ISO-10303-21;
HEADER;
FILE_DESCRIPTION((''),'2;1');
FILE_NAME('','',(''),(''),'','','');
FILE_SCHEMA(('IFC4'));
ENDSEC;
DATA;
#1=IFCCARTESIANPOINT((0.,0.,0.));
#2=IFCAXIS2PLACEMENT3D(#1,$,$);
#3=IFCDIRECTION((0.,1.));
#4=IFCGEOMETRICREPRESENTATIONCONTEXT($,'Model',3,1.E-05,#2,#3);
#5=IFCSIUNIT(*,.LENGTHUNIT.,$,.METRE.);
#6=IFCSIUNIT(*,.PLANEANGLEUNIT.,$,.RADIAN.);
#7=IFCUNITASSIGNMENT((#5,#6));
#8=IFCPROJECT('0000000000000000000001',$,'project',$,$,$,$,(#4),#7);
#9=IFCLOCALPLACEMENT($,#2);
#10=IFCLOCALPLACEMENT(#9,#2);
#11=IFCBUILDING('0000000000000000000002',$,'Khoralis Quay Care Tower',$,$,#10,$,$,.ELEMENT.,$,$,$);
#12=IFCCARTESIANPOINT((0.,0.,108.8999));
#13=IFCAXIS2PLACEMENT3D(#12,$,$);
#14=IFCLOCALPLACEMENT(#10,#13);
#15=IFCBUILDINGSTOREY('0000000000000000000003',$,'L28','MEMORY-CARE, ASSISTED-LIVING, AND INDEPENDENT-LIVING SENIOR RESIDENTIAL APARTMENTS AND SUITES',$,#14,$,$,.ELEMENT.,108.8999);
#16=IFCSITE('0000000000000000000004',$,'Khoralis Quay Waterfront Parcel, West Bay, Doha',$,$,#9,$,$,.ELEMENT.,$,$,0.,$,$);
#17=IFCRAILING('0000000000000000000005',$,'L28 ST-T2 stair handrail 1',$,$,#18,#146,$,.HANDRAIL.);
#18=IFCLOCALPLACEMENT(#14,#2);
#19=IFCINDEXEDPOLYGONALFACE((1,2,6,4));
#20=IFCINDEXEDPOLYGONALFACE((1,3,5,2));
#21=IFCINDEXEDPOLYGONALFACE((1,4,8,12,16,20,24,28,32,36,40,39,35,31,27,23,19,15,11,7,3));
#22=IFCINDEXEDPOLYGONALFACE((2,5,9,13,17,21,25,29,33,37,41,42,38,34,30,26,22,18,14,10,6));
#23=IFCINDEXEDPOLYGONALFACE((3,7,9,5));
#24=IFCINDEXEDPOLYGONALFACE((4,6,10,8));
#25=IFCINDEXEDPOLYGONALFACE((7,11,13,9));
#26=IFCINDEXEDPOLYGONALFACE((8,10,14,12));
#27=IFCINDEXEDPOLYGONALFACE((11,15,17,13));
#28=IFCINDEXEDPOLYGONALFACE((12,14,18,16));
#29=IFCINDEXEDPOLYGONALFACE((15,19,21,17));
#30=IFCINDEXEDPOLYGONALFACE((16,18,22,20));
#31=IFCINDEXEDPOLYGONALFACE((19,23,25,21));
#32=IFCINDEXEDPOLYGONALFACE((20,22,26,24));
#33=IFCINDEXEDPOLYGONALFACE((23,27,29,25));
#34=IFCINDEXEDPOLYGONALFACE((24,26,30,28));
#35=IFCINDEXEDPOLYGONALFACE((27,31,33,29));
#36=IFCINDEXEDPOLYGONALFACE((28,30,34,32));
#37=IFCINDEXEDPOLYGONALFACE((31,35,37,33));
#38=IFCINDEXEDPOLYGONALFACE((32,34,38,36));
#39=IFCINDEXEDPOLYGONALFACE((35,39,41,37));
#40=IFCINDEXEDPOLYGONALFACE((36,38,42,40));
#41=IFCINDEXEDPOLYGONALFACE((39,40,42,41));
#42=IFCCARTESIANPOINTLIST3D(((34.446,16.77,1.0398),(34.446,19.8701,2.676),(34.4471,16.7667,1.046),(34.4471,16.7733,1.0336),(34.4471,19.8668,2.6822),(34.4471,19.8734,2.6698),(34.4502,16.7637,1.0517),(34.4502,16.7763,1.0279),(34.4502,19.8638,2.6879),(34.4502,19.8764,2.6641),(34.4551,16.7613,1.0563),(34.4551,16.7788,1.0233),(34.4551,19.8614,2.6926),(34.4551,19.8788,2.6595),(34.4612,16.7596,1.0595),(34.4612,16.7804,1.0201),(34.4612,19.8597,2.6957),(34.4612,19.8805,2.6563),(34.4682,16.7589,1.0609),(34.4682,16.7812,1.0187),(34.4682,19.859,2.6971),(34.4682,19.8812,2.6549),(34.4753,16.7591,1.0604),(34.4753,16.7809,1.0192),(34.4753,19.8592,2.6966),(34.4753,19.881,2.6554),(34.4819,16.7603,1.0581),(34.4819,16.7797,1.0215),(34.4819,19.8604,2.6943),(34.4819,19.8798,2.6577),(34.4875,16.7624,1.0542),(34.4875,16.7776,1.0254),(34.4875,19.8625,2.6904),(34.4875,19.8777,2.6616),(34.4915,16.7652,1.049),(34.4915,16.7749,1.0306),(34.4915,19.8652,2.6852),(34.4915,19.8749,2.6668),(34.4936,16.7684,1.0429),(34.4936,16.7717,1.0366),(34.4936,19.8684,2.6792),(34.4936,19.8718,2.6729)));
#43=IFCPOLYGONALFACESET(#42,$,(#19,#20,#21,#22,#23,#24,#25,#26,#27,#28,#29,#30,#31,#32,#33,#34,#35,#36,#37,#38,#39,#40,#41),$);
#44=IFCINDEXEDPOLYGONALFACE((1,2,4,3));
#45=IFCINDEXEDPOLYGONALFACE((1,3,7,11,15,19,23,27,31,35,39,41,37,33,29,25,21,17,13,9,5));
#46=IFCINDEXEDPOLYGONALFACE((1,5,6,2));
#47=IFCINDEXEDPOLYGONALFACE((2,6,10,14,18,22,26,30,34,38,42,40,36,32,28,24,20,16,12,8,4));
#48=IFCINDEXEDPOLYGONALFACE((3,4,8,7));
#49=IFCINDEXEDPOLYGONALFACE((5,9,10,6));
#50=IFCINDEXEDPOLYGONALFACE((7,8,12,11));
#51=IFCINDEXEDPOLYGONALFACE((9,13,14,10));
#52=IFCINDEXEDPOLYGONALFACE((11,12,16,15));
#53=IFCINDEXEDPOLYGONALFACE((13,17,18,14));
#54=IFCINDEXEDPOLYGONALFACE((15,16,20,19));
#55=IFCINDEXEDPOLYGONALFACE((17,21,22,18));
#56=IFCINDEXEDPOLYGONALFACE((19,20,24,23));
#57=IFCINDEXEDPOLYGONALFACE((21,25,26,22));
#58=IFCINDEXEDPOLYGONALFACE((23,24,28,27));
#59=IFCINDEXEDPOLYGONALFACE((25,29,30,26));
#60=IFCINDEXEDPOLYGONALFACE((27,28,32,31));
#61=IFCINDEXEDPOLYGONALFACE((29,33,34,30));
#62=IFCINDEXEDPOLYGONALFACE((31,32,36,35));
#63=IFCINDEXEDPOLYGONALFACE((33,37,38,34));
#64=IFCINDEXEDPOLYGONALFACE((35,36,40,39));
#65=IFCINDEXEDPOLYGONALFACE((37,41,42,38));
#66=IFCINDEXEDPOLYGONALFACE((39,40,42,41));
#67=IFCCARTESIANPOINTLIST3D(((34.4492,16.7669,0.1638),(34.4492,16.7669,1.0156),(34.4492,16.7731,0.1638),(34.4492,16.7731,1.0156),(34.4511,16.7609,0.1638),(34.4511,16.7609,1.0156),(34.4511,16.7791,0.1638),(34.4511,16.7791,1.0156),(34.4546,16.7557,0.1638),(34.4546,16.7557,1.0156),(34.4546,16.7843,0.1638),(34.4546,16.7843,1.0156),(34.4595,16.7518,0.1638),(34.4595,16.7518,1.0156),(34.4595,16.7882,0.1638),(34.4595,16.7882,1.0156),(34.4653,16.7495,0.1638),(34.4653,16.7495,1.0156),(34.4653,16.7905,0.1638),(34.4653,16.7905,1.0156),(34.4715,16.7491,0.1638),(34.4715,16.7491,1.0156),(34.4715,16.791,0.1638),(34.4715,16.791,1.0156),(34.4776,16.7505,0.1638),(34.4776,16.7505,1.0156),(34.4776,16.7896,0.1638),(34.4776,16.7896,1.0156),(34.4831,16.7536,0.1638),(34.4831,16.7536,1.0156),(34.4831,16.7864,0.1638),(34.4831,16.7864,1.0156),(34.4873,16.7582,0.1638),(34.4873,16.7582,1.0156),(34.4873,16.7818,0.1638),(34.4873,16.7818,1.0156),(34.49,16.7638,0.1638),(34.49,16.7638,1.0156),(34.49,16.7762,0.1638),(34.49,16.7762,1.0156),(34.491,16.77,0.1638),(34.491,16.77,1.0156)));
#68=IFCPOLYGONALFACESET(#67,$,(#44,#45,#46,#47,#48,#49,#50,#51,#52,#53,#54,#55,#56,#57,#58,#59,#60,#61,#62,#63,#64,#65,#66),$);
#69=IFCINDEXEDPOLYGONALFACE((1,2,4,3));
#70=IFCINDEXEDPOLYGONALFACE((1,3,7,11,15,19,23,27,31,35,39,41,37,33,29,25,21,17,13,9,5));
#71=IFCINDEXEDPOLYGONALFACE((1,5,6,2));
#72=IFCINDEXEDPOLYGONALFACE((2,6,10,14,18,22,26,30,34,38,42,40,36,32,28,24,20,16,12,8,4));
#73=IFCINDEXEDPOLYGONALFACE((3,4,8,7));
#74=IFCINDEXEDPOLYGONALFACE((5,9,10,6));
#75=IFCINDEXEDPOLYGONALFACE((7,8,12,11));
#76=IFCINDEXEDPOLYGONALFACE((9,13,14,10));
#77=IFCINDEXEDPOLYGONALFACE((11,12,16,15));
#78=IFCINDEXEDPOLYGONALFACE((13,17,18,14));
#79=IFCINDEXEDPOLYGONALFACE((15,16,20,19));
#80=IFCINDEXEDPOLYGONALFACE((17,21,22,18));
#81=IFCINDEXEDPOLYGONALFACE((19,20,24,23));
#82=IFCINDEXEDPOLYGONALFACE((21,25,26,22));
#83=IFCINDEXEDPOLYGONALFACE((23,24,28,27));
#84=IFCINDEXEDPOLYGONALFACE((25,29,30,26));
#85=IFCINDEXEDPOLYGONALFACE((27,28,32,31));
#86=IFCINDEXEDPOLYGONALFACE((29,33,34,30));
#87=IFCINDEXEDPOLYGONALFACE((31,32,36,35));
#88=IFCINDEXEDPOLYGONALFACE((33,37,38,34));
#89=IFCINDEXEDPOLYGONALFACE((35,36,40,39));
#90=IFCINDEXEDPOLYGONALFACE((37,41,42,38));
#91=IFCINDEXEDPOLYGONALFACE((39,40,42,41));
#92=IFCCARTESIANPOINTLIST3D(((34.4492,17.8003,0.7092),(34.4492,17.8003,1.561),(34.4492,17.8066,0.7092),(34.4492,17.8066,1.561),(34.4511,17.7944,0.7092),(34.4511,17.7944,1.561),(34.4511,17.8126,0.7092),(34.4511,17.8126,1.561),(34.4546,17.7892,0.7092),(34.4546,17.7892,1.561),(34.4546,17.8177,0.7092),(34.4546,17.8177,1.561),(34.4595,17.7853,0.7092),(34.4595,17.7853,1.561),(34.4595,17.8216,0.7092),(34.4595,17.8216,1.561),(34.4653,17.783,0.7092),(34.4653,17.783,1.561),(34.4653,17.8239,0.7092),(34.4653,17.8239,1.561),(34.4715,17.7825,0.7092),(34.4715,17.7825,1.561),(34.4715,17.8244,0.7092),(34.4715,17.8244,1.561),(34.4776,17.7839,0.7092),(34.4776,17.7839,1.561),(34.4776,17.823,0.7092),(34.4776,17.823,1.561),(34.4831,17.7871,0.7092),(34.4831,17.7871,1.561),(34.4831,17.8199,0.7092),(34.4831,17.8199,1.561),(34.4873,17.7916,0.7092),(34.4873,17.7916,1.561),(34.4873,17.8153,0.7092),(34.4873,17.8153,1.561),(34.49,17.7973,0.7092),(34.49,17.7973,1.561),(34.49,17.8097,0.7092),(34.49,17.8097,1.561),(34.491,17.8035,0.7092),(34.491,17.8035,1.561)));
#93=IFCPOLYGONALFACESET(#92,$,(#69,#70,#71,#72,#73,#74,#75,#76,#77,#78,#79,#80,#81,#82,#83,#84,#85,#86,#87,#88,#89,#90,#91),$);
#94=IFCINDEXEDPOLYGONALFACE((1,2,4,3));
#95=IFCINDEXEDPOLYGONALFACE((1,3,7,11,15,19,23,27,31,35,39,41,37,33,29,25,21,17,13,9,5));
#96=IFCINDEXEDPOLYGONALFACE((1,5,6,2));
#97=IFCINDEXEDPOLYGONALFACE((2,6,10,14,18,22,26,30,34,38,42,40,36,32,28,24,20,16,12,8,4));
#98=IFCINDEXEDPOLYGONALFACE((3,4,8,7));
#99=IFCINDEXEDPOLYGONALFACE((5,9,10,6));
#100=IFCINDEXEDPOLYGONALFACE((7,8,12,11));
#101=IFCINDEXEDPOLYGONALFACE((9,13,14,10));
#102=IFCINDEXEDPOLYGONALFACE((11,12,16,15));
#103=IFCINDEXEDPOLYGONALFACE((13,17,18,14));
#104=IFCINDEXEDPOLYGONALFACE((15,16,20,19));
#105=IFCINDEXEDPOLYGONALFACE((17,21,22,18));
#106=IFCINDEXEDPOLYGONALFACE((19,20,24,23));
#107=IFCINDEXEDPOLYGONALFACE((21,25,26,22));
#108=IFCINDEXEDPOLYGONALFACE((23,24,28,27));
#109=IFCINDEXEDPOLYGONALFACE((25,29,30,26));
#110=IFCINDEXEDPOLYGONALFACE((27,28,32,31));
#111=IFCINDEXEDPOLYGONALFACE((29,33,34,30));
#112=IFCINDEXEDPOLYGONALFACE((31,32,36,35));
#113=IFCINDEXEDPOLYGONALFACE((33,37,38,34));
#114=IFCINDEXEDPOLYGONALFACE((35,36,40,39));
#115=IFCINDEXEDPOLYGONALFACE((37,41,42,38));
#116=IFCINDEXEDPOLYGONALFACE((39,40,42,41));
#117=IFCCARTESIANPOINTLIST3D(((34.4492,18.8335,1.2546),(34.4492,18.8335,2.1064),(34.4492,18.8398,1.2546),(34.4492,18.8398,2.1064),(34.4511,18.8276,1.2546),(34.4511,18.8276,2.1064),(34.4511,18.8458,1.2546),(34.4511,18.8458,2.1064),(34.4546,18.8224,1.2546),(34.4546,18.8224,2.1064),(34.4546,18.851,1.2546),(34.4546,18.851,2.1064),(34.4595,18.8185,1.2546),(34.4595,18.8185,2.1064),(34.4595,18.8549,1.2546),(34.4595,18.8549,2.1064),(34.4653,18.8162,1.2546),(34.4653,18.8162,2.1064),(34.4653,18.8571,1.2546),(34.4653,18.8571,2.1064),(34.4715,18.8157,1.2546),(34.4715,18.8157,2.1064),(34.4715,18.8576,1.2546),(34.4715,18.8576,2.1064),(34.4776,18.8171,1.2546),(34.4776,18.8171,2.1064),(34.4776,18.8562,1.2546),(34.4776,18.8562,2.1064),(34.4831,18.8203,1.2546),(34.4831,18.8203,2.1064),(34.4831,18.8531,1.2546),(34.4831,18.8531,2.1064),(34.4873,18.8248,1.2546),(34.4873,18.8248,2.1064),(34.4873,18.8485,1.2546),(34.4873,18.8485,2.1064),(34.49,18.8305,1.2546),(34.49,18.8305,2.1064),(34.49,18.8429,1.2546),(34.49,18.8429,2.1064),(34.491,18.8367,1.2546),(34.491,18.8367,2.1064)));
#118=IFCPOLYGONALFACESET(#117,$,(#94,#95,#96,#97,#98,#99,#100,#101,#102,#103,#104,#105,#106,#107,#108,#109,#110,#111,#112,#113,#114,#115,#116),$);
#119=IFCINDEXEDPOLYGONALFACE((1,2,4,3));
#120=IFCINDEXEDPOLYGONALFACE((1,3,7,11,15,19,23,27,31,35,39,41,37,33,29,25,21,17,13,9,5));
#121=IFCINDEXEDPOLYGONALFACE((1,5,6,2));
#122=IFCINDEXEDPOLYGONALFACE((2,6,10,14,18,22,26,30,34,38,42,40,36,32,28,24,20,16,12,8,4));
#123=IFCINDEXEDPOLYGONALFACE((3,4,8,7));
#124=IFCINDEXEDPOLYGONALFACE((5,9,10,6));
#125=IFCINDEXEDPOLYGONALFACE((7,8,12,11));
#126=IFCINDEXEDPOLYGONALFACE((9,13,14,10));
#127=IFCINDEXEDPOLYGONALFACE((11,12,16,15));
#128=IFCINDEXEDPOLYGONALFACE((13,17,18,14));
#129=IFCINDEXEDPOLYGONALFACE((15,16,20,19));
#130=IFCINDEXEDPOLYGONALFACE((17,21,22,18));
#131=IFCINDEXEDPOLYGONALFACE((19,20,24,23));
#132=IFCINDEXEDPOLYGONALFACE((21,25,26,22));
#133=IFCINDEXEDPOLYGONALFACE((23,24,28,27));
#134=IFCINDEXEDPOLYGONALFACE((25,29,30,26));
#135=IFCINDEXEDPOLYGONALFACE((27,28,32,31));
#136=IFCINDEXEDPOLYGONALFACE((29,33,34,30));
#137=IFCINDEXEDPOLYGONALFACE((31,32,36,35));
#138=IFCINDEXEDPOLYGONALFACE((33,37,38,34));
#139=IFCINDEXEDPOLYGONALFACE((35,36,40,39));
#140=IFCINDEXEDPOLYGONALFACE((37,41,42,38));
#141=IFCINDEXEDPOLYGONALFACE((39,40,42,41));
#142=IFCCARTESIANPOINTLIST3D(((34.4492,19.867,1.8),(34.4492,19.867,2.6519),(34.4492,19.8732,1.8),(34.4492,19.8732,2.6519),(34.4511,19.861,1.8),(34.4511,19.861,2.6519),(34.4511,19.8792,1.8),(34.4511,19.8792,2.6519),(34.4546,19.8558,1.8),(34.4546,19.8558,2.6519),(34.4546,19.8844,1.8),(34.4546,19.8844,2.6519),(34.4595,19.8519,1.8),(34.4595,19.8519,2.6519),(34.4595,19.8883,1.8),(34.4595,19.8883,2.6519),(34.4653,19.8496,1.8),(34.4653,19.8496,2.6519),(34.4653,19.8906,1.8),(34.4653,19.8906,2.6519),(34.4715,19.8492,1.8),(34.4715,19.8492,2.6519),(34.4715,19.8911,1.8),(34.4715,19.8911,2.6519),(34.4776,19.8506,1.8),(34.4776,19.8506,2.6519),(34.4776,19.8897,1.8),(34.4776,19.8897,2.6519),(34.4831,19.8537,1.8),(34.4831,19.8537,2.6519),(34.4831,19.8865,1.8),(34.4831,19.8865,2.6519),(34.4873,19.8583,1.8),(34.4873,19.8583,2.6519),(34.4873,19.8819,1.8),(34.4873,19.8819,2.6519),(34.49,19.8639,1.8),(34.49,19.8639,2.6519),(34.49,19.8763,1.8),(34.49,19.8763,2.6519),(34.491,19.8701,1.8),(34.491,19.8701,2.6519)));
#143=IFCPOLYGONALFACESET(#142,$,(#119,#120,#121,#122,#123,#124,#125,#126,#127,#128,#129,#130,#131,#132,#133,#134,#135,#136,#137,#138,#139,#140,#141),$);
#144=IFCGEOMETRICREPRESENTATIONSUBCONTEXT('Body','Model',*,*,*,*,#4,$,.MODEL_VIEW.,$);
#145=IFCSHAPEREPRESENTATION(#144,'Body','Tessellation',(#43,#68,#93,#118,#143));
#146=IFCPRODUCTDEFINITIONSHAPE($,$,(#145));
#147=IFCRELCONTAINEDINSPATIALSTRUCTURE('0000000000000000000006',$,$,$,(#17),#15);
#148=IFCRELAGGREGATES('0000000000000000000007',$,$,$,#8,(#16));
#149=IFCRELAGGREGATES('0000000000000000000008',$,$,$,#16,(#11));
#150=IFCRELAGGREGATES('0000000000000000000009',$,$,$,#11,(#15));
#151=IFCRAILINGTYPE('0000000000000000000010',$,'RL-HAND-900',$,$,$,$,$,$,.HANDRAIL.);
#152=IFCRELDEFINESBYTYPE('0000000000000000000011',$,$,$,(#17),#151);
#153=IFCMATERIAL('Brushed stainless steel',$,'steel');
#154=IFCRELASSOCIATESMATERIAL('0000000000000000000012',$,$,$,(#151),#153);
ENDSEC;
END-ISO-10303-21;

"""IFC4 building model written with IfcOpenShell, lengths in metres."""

from ifc_helpers import new_model, si_unit, direction, frame, origin, origin_2d, place, context, subcontext, project, spatial, circle, extrude, material, type_object, element, save


model = new_model("IFC4")

# Units and contexts
model_context = context("Model", 3, precision=1e-05, world=origin(), true_north=direction((0.0, 1.0)))
body_context = subcontext(model_context, "Body", "Model", "MODEL_VIEW")
ifc_project = project(units=[si_unit("LENGTHUNIT", "METRE"), si_unit("PLANEANGLEUNIT", "RADIAN")], contexts=[model_context])

# Site, building, storey
site_placement = place(None, origin())
site = spatial("IfcSite", under=ifc_project, at=site_placement, Name="Khoralis Quay Waterfront Parcel, West Bay, Doha", CompositionType="ELEMENT", RefElevation=0.0)
building_placement = place(site_placement, origin())
building = spatial("IfcBuilding", under=site, at=building_placement, Name="Khoralis Quay Care Tower", CompositionType="ELEMENT")
storey_placement = place(building_placement, frame((0.0, 0.0, 108.8999)))
storey = spatial("IfcBuildingStorey", under=building, at=storey_placement, Name="L28", Description="MEMORY-CARE, ASSISTED-LIVING, AND INDEPENDENT-LIVING SENIOR RESIDENTIAL APARTMENTS AND SUITES", CompositionType="ELEMENT", Elevation=108.8999)

# Shared definitions
ifc_material_1 = material(Name="Brushed stainless steel", Category="steel")

# Railing
railing_type_1 = type_object("IfcRailingType", Name="RL-HAND-900", PredefinedType="HANDRAIL", material=ifc_material_1)
railing_1_placement = place(storey_placement, frame((34.47, 16.77, 0.1638)))
element("IfcRailing", 1, at=railing_1_placement, inside=storey, type_object=railing_type_1, Name="L28 ST-T2 stair handrail 1", PredefinedType="HANDRAIL", context=body_context, shape_type="SweptSolid", body=[
    extrude(circle(Radius=0.0239, at=origin_2d()), frame((0.0, 0.0, 0.876), z_axis=(0.0, 0.884377, 0.466774), x_axis=(-1.0, 0.0, 0.0)), (0.0, 0.0, 1.0), 3.5054),
    extrude(circle(Radius=0.021, at=origin_2d()), origin(), (0.0, 0.0, 1.0), 0.8518),
    extrude(circle(Radius=0.021, at=origin_2d()), frame((0.0, 1.0334, 0.5454)), (0.0, 0.0, 1.0), 0.8518),
    extrude(circle(Radius=0.021, at=origin_2d()), frame((0.0, 2.0667, 1.0908)), (0.0, 0.0, 1.0), 0.8518),
    extrude(circle(Radius=0.021, at=origin_2d()), frame((0.0, 3.1001, 1.6362)), (0.0, 0.0, 1.0), 0.8518),
])

save(model, "model.ifc")
